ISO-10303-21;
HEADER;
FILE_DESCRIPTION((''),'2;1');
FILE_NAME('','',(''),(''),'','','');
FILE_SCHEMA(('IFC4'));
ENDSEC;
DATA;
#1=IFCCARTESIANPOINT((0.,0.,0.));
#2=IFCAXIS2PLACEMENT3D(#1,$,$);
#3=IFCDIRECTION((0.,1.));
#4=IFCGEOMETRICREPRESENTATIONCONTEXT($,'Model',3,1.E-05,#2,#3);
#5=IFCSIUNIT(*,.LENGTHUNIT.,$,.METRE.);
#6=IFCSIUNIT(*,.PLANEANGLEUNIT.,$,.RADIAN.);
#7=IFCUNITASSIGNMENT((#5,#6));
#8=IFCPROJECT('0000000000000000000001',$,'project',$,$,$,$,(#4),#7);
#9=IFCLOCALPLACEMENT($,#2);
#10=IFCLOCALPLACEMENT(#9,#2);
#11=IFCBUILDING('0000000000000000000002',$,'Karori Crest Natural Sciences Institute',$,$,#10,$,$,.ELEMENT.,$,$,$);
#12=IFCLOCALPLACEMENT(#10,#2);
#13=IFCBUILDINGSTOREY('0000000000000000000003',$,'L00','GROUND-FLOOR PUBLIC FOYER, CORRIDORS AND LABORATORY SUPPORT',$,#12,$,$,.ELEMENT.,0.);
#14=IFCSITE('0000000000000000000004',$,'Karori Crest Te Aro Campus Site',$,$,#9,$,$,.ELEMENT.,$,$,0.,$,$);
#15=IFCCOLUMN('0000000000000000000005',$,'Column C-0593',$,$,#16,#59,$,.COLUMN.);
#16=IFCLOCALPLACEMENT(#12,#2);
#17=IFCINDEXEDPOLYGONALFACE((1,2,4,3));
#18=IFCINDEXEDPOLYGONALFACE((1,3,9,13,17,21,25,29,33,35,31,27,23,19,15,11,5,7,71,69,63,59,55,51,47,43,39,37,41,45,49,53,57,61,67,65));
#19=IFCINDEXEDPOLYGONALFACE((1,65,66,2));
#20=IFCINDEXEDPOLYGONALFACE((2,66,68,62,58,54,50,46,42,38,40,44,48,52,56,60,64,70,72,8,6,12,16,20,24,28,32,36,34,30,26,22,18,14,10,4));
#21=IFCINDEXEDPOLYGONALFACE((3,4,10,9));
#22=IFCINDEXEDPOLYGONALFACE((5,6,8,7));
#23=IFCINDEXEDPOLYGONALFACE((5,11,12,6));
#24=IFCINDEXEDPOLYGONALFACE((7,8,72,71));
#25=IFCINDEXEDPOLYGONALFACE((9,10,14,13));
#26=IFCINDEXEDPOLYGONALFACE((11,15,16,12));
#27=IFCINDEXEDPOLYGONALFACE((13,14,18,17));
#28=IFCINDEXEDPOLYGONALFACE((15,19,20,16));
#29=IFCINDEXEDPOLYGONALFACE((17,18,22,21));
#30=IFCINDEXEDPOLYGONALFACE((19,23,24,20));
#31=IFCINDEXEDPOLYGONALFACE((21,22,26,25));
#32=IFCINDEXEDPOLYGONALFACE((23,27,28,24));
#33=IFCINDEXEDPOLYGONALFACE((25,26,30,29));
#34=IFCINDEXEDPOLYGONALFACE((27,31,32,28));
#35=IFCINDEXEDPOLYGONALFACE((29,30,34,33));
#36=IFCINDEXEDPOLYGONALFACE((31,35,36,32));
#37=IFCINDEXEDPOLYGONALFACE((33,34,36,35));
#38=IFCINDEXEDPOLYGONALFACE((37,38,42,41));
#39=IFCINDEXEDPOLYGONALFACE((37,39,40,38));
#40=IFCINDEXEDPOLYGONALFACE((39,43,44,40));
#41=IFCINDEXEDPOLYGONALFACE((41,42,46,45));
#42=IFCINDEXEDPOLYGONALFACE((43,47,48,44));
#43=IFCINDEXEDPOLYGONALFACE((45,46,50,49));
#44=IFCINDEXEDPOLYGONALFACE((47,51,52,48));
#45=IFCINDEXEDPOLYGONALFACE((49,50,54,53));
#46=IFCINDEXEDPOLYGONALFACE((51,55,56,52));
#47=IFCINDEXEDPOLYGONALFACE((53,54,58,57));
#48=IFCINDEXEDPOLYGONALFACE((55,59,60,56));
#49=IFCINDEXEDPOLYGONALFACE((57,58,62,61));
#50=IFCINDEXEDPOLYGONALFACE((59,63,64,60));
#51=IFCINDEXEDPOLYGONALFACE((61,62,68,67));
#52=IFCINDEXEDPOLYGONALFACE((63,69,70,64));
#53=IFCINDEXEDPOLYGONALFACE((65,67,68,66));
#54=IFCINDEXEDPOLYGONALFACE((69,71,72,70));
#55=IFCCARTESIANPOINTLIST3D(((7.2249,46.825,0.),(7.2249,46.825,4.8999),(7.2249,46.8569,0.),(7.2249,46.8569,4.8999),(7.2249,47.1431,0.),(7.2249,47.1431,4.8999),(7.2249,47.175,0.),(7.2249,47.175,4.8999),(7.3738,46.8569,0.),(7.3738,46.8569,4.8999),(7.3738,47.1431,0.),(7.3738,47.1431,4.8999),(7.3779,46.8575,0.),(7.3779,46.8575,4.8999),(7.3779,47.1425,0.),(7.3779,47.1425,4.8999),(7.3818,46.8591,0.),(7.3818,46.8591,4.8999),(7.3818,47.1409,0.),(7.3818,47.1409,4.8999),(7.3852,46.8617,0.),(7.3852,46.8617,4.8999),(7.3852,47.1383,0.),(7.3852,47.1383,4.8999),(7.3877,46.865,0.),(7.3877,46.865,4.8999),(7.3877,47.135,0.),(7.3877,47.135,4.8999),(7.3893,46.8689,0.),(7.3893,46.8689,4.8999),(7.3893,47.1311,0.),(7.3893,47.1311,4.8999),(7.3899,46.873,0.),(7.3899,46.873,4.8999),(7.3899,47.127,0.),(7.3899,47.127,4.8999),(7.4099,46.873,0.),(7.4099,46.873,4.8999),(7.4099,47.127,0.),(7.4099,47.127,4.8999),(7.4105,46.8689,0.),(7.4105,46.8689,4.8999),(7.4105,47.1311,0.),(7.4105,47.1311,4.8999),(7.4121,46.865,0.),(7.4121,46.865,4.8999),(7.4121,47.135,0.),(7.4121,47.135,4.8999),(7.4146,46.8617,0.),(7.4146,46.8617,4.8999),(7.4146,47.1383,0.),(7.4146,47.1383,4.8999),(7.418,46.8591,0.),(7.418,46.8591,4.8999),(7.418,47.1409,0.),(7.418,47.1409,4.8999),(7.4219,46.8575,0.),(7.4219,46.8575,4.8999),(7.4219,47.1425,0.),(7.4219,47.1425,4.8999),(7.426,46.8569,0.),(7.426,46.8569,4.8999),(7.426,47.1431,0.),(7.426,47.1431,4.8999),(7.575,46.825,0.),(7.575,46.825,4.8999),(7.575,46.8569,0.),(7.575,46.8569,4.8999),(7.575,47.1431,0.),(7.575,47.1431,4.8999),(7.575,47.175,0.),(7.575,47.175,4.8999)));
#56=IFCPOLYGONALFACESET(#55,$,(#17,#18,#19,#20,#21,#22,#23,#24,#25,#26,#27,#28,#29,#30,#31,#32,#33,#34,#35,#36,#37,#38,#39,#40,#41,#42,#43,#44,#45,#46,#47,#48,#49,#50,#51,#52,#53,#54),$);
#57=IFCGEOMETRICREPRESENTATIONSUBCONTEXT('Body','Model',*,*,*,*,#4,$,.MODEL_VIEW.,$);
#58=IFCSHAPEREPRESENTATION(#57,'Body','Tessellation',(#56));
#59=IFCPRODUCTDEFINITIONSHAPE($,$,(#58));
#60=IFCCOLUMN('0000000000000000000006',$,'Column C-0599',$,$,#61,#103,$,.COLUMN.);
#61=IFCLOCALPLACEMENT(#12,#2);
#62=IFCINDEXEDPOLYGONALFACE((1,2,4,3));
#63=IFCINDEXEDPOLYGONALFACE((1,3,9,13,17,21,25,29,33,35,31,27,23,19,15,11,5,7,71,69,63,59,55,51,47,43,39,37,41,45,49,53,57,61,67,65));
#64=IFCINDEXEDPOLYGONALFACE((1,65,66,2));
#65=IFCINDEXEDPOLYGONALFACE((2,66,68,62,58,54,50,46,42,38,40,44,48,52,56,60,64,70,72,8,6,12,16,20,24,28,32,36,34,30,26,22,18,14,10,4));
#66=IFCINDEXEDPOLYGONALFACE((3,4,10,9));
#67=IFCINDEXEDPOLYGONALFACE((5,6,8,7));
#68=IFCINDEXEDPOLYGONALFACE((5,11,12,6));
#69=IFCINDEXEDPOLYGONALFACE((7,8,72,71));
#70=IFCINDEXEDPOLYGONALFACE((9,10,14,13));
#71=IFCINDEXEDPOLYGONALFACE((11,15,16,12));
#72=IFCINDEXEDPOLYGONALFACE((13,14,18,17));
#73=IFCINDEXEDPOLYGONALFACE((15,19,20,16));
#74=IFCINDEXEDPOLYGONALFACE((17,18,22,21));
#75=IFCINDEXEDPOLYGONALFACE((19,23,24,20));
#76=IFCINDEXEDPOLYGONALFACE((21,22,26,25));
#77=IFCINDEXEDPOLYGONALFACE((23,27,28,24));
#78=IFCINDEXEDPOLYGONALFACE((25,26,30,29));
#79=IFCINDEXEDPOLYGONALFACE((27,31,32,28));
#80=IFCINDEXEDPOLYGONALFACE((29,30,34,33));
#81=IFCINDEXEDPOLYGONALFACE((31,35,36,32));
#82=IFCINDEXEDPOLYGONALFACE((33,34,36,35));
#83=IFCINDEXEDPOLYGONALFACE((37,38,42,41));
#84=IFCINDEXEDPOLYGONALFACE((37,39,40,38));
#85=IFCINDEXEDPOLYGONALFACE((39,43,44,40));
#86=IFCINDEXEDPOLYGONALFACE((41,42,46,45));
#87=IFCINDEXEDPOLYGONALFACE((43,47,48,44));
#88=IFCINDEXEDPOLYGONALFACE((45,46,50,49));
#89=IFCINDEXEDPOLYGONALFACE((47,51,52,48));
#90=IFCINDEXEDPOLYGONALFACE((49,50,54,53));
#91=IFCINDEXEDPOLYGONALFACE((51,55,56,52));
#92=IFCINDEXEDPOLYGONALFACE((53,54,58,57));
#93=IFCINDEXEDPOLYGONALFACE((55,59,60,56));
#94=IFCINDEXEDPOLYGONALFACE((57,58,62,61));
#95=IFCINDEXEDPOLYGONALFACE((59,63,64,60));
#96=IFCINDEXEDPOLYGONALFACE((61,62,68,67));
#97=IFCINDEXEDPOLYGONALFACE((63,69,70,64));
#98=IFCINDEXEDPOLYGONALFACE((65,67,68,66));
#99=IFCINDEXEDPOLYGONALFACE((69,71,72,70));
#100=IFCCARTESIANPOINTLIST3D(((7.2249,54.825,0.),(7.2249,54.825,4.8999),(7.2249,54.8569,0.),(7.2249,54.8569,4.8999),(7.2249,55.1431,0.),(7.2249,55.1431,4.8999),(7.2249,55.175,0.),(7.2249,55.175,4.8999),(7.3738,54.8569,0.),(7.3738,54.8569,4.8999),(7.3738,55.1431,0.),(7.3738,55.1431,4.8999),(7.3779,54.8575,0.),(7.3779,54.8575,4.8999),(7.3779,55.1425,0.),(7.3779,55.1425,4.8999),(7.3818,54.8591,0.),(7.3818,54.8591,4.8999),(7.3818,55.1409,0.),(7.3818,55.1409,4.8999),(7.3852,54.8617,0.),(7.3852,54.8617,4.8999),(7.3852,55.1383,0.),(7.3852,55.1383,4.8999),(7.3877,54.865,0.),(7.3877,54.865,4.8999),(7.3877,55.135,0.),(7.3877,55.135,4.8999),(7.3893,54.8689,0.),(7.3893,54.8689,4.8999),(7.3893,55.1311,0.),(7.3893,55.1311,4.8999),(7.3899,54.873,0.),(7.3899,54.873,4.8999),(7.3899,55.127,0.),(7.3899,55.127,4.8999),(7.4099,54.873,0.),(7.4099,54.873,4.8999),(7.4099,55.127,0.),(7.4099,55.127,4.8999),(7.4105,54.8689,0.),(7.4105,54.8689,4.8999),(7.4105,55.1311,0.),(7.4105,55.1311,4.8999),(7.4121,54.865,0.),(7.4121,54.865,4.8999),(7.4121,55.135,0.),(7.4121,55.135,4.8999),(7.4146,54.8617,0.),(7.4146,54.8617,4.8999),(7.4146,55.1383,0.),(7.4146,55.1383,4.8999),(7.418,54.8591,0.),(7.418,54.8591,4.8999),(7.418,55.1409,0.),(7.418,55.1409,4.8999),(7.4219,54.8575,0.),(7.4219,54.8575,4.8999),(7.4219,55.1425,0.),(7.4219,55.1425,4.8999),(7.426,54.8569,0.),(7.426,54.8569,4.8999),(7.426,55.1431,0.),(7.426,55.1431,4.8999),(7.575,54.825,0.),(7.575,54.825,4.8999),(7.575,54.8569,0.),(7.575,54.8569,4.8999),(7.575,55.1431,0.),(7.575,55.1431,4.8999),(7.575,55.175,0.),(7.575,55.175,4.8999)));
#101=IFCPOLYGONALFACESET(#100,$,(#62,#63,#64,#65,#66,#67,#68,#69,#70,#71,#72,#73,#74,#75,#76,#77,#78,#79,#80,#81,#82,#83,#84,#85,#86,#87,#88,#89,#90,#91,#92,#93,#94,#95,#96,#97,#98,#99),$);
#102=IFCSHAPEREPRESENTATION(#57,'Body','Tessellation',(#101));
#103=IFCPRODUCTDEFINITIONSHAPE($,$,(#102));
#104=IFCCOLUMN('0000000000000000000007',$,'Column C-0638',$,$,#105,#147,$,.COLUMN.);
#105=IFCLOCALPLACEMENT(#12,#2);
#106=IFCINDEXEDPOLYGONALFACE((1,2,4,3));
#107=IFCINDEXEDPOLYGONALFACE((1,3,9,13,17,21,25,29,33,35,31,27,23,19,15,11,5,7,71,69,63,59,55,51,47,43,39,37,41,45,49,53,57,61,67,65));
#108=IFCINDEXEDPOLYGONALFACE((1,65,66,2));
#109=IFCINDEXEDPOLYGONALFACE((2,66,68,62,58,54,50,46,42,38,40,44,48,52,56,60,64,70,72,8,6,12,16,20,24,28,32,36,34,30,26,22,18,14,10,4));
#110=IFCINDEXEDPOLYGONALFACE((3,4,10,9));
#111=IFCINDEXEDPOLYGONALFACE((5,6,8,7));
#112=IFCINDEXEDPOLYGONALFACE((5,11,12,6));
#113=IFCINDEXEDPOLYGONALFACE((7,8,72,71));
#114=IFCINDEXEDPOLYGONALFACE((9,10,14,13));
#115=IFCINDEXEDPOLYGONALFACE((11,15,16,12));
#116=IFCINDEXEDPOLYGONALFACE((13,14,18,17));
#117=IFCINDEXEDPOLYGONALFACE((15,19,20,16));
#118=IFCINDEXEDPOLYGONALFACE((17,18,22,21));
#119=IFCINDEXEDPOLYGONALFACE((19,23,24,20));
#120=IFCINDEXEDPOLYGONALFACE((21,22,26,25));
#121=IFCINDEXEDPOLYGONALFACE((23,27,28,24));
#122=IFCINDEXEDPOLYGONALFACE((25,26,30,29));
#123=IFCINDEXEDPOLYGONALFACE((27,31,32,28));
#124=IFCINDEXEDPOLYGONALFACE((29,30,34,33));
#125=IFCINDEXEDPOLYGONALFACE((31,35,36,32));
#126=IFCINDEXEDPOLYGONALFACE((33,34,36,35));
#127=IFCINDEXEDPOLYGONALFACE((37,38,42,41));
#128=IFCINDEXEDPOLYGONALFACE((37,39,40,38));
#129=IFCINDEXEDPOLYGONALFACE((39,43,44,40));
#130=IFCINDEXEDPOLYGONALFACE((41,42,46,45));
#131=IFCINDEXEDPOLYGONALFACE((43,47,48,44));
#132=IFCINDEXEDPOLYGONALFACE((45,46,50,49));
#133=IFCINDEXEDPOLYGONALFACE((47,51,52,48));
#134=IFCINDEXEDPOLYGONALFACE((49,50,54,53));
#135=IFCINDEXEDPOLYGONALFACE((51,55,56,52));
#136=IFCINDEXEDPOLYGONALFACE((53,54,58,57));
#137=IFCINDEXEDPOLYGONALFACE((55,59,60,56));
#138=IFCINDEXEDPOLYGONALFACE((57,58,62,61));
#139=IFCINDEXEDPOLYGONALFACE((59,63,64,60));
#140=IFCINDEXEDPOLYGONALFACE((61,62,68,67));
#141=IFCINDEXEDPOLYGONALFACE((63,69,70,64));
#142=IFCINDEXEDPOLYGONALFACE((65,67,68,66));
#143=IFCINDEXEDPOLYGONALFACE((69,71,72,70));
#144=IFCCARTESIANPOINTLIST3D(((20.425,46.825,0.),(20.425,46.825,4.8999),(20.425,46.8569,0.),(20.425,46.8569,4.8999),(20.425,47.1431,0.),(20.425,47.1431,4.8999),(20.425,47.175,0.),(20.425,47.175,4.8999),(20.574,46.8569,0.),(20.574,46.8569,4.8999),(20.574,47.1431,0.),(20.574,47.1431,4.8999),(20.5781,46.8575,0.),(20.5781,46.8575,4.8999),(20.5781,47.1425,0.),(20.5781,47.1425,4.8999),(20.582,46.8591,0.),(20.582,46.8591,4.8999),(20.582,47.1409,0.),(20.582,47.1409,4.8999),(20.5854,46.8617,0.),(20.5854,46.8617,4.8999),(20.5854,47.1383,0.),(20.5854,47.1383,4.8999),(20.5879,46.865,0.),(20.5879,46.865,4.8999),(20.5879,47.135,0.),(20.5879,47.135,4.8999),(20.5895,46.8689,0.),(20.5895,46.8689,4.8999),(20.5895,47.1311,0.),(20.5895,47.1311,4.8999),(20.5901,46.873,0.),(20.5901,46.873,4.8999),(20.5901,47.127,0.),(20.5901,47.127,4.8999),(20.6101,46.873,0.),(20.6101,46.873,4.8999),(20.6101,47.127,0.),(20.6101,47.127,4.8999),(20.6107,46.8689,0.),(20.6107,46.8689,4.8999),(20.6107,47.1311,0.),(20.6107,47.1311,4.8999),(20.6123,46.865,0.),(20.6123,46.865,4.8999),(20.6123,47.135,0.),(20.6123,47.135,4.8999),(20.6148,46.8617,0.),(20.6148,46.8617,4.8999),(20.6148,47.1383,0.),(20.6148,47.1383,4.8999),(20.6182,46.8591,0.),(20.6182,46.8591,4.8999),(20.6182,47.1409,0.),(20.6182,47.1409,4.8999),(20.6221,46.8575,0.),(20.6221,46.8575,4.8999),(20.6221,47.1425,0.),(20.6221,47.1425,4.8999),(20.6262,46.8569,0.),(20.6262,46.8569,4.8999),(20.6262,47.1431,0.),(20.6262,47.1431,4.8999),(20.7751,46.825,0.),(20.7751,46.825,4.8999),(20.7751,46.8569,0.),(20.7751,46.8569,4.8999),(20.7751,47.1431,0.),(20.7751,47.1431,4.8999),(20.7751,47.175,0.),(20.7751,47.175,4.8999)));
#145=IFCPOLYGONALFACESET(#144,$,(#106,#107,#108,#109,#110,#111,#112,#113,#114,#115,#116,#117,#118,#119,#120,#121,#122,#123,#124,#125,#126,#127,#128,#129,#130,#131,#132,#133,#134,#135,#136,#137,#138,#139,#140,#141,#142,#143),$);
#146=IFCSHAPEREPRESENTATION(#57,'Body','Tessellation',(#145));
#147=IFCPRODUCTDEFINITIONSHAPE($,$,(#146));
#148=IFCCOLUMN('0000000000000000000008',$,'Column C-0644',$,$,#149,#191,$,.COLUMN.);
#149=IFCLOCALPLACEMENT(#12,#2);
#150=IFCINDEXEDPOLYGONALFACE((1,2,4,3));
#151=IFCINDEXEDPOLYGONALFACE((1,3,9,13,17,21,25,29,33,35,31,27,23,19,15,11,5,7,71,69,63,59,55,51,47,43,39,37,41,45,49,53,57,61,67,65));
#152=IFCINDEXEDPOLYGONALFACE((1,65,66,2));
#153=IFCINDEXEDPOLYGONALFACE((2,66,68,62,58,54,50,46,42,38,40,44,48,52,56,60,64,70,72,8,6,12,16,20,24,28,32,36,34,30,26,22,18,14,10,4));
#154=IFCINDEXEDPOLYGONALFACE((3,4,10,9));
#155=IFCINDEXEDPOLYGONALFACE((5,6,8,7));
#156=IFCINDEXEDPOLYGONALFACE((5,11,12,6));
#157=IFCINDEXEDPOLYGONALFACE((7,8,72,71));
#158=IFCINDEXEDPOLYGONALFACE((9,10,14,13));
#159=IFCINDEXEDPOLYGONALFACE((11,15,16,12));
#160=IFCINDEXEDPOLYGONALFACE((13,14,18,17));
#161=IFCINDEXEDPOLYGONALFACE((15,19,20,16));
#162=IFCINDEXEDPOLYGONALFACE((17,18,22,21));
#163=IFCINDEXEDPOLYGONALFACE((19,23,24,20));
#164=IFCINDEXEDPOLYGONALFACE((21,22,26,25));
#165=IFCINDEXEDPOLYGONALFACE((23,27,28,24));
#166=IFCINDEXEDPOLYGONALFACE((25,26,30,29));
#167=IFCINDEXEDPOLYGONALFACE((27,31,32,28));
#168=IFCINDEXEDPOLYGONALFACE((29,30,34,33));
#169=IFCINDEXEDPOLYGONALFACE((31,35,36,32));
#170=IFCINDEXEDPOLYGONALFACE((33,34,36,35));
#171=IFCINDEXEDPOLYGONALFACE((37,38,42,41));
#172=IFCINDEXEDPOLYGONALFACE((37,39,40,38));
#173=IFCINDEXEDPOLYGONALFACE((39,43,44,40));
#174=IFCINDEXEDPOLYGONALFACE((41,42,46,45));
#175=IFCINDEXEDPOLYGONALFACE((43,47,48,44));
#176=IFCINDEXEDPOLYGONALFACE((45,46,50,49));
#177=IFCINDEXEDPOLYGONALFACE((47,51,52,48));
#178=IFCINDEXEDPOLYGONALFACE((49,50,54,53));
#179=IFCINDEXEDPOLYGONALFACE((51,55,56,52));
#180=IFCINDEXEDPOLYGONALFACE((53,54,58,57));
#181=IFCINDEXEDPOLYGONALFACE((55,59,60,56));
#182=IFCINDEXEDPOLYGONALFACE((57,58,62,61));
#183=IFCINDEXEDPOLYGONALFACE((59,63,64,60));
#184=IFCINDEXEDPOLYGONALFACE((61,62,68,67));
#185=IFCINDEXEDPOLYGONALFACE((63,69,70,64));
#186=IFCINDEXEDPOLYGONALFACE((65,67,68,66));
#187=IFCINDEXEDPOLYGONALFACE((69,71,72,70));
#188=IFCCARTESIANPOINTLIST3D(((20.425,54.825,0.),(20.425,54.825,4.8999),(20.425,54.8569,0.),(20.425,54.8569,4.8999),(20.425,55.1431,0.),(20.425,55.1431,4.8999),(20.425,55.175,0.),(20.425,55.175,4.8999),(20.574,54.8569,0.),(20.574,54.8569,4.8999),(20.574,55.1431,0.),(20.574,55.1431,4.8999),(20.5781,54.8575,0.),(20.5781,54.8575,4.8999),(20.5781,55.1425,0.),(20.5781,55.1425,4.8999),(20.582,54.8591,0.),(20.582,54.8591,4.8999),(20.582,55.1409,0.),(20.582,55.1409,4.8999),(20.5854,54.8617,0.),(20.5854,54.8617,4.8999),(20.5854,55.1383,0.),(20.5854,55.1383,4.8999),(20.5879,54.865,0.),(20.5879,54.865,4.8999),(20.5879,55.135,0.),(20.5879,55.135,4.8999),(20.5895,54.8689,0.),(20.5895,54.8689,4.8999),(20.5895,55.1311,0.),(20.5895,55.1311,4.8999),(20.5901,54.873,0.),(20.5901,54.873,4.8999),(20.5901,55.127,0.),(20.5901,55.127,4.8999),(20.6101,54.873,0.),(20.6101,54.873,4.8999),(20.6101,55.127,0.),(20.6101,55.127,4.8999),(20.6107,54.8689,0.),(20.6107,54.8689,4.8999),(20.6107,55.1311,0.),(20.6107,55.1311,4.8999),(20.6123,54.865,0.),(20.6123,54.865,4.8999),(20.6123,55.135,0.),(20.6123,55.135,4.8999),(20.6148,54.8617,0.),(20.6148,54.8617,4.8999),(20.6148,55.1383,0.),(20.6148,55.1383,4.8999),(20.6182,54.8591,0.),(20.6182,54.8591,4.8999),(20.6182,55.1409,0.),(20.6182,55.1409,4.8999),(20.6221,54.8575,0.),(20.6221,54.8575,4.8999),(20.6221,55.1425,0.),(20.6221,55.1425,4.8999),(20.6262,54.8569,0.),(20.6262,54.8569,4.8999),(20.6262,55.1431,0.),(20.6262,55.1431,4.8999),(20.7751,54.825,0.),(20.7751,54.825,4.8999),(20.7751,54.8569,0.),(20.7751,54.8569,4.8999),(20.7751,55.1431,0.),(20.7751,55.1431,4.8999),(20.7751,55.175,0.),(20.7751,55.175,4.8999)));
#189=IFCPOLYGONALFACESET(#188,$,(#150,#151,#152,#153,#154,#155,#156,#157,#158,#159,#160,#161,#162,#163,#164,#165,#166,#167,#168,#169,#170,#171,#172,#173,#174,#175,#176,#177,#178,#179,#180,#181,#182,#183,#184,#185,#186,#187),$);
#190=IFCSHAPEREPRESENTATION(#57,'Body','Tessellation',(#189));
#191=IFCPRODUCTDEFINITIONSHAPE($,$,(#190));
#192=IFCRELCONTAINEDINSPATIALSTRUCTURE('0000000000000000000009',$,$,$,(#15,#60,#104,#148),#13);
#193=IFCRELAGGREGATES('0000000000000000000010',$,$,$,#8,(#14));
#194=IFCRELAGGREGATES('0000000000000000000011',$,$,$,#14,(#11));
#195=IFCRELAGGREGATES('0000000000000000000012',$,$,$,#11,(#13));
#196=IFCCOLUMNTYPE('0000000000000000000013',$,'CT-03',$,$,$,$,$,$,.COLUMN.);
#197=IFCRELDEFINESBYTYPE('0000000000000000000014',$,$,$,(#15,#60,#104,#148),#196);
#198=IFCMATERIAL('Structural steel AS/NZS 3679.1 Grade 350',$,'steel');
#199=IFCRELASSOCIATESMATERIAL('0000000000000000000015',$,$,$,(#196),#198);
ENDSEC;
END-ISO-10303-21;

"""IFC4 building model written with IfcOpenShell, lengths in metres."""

from ifc_helpers import new_model, si_unit, direction, frame, origin, origin_2d, place, context, subcontext, project, spatial, i_section, extrude, material, material_profile, profile_set, type_object, element, save


model = new_model("IFC4")

# Units and contexts
model_context = context("Model", 3, precision=1e-05, world=origin(), true_north=direction((0.0, 1.0)))
body_context = subcontext(model_context, "Body", "Model", "MODEL_VIEW")
ifc_project = project(units=[si_unit("LENGTHUNIT", "METRE"), si_unit("PLANEANGLEUNIT", "RADIAN")], contexts=[model_context])

# Site, building, storey
site_placement = place(None, origin())
site = spatial("IfcSite", under=ifc_project, at=site_placement, Name="Karori Crest Te Aro Campus Site", CompositionType="ELEMENT", RefElevation=0.0)
building_placement = place(site_placement, origin())
building = spatial("IfcBuilding", under=site, at=building_placement, Name="Karori Crest Natural Sciences Institute", CompositionType="ELEMENT")
storey_placement = place(building_placement, origin())
storey = spatial("IfcBuildingStorey", under=building, at=storey_placement, Name="L00", Description="GROUND-FLOOR PUBLIC FOYER, CORRIDORS AND LABORATORY SUPPORT", CompositionType="ELEMENT", Elevation=0.0)

# Columns
ifc_material_1 = material(Name="Structural steel AS/NZS 3679.1 Grade 350", Category="steel")
ifc_material_profile_1 = material_profile(ifc_material_1, i_section(OverallWidth=0.3501, OverallDepth=0.3501, WebThickness=0.02, FlangeThickness=0.032, FilletRadius=0.0161, at=origin_2d()), Name="350WC280")
ifc_profile_set_1 = profile_set([ifc_material_profile_1], Name="Structural steel AS/NZS 3679.1 Grade 350")
column_type = type_object("IfcColumnType", Name="CT-03", PredefinedType="COLUMN", material=ifc_profile_set_1)
for number, where, z_axis, x_axis, name in (
    (1, (7.3999, 47.0, 0.0), (0.0, 0.0, 1.0), (1.0, 0.0, 0.0), "Column C-0593"),
    (2, (7.3999, 55.0, 0.0), (0.0, 0.0, 1.0), (1.0, 0.0, 0.0), "Column C-0599"),
    (3, (20.6001, 47.0, 0.0), (0.0, 0.0, 1.0), (1.0, 0.0, 0.0), "Column C-0638"),
    (4, (20.6001, 55.0, 0.0), (0.0, 0.0, 1.0), (1.0, 0.0, 0.0), "Column C-0644"),
):
    element("IfcColumn", number, at=place(storey_placement, frame(where, z_axis=z_axis, x_axis=x_axis)), inside=storey, type_object=column_type, Name=name, PredefinedType="COLUMN", context=body_context, shape_type="SweptSolid", body=[
        extrude(i_section(OverallWidth=0.3501, OverallDepth=0.3501, WebThickness=0.02, FlangeThickness=0.032, FilletRadius=0.0161, at=origin_2d()), origin(), (0.0, 0.0, 1.0), 4.8999),
    ])

save(model, "model.ifc")
